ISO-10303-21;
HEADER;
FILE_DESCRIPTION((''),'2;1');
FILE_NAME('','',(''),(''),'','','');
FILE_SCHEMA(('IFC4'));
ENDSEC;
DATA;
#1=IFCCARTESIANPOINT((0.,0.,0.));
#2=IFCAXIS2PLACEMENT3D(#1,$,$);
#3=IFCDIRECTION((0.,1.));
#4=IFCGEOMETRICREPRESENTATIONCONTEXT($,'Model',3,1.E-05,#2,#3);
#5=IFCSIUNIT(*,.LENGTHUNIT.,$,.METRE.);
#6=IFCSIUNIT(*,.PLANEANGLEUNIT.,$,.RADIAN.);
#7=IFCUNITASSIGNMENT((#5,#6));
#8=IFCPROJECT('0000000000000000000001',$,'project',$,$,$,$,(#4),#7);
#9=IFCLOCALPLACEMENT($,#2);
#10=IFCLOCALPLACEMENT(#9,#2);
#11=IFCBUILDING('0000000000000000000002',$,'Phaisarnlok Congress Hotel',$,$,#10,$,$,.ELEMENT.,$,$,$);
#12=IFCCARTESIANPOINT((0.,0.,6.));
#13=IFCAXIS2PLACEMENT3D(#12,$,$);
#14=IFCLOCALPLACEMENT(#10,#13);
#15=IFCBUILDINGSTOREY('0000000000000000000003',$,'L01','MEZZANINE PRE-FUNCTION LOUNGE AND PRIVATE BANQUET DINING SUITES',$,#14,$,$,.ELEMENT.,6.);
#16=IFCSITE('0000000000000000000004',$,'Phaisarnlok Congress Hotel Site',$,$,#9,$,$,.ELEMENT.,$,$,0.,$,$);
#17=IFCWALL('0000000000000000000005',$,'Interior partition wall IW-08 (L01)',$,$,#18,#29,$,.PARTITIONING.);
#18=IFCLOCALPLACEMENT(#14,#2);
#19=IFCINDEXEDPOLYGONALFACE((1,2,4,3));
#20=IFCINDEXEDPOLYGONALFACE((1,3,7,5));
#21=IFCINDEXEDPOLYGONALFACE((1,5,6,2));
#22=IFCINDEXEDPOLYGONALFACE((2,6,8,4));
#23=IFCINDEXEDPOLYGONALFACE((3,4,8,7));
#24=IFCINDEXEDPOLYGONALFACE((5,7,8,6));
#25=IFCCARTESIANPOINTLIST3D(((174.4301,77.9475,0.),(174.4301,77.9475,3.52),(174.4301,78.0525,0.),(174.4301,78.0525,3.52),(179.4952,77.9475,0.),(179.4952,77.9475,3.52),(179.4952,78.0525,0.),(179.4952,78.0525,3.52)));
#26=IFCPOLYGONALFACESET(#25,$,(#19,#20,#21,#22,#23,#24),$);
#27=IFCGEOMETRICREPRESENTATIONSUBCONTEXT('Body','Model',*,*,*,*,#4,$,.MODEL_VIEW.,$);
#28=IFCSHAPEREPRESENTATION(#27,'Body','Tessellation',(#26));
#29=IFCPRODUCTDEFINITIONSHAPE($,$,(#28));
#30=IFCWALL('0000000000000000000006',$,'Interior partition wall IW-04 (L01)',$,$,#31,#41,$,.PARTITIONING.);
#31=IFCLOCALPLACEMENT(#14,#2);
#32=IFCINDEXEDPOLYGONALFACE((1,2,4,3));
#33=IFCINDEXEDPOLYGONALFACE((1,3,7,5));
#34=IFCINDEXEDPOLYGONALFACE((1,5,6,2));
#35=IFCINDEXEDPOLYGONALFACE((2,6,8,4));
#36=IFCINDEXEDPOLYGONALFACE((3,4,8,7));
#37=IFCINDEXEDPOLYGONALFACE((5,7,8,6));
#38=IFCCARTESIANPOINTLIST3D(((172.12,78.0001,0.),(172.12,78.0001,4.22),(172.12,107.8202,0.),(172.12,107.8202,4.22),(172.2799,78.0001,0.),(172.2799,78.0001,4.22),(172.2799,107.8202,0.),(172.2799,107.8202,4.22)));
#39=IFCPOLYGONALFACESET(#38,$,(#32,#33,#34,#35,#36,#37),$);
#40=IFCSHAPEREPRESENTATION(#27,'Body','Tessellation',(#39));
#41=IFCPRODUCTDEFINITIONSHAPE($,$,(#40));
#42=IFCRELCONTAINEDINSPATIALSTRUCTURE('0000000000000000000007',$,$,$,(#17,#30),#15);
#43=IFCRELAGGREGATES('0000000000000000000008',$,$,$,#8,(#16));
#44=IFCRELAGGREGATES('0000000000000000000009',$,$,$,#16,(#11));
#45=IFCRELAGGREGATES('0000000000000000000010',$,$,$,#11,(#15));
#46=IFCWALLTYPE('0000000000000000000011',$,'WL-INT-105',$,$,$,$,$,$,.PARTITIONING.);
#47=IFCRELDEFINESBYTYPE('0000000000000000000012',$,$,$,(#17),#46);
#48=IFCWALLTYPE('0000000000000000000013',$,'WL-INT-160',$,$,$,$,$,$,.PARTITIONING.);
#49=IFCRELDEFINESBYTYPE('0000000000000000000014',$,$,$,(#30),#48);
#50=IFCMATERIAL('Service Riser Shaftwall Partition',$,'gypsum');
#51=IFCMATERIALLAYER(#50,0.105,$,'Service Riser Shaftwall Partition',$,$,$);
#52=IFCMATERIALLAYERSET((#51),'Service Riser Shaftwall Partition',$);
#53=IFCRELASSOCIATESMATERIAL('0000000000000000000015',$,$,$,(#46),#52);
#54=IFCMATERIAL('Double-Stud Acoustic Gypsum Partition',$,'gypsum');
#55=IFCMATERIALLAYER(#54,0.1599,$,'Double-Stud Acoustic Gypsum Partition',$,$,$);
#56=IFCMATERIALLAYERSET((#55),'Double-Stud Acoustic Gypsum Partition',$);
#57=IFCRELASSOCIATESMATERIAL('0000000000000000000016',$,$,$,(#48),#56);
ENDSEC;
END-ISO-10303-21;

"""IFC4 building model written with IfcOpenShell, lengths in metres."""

from ifc_helpers import new_model, si_unit, direction, frame, frame_2d, origin, place, context, subcontext, project, spatial, rectangle, extrude, material, layer, layer_set, type_object, element, save


model = new_model("IFC4")

# Units and contexts
model_context = context("Model", 3, precision=1e-05, world=origin(), true_north=direction((0.0, 1.0)))
body_context = subcontext(model_context, "Body", "Model", "MODEL_VIEW")
ifc_project = project(units=[si_unit("LENGTHUNIT", "METRE"), si_unit("PLANEANGLEUNIT", "RADIAN")], contexts=[model_context])

# Site, building, storey
site_placement = place(None, origin())
site = spatial("IfcSite", under=ifc_project, at=site_placement, Name="Phaisarnlok Congress Hotel Site", CompositionType="ELEMENT", RefElevation=0.0)
building_placement = place(site_placement, origin())
building = spatial("IfcBuilding", under=site, at=building_placement, Name="Phaisarnlok Congress Hotel", CompositionType="ELEMENT")
storey_placement = place(building_placement, frame((0.0, 0.0, 6.0)))
storey = spatial("IfcBuildingStorey", under=building, at=storey_placement, Name="L01", Description="MEZZANINE PRE-FUNCTION LOUNGE AND PRIVATE BANQUET DINING SUITES", CompositionType="ELEMENT", Elevation=6.0)

# Walls
ifc_material_1 = material(Name="Service Riser Shaftwall Partition", Category="gypsum")
ifc_layer_1 = layer(ifc_material_1, 0.105, Name="Service Riser Shaftwall Partition")
ifc_layer_set_1 = layer_set([ifc_layer_1], Name="Service Riser Shaftwall Partition")
wall_type_1 = type_object("IfcWallType", Name="WL-INT-105", PredefinedType="PARTITIONING", material=ifc_layer_set_1)
wall_1_placement = place(storey_placement, frame((174.4299, 78.0, 0.0), z_axis=(0.0, 0.0, 1.0), x_axis=(1.0, 0.0, 0.0)))
element("IfcWall", 1, at=wall_1_placement, inside=storey, type_object=wall_type_1, Name="Interior partition wall IW-08 (L01)", PredefinedType="PARTITIONING", context=body_context, shape_type="SweptSolid", body=[
    extrude(rectangle(XDim=5.0652, YDim=0.105, at=frame_2d((2.5327, 0.0))), origin(), (0.0, 0.0, 1.0), 3.52),
])
ifc_material_2 = material(Name="Double-Stud Acoustic Gypsum Partition", Category="gypsum")
ifc_layer_2 = layer(ifc_material_2, 0.1599, Name="Double-Stud Acoustic Gypsum Partition")
ifc_layer_set_2 = layer_set([ifc_layer_2], Name="Double-Stud Acoustic Gypsum Partition")
wall_type_2 = type_object("IfcWallType", Name="WL-INT-160", PredefinedType="PARTITIONING", material=ifc_layer_set_2)
wall_2_placement = place(storey_placement, frame((172.2, 78.0, 0.0), z_axis=(0.0, 0.0, 1.0), x_axis=(0.0, 1.0, 0.0)))
element("IfcWall", 2, at=wall_2_placement, inside=storey, type_object=wall_type_2, Name="Interior partition wall IW-04 (L01)", PredefinedType="PARTITIONING", context=body_context, shape_type="SweptSolid", body=[
    extrude(rectangle(XDim=29.8201, YDim=0.1599, at=frame_2d((14.9102, 0.0))), origin(), (0.0, 0.0, 1.0), 4.22),
])

save(model, "model.ifc")
